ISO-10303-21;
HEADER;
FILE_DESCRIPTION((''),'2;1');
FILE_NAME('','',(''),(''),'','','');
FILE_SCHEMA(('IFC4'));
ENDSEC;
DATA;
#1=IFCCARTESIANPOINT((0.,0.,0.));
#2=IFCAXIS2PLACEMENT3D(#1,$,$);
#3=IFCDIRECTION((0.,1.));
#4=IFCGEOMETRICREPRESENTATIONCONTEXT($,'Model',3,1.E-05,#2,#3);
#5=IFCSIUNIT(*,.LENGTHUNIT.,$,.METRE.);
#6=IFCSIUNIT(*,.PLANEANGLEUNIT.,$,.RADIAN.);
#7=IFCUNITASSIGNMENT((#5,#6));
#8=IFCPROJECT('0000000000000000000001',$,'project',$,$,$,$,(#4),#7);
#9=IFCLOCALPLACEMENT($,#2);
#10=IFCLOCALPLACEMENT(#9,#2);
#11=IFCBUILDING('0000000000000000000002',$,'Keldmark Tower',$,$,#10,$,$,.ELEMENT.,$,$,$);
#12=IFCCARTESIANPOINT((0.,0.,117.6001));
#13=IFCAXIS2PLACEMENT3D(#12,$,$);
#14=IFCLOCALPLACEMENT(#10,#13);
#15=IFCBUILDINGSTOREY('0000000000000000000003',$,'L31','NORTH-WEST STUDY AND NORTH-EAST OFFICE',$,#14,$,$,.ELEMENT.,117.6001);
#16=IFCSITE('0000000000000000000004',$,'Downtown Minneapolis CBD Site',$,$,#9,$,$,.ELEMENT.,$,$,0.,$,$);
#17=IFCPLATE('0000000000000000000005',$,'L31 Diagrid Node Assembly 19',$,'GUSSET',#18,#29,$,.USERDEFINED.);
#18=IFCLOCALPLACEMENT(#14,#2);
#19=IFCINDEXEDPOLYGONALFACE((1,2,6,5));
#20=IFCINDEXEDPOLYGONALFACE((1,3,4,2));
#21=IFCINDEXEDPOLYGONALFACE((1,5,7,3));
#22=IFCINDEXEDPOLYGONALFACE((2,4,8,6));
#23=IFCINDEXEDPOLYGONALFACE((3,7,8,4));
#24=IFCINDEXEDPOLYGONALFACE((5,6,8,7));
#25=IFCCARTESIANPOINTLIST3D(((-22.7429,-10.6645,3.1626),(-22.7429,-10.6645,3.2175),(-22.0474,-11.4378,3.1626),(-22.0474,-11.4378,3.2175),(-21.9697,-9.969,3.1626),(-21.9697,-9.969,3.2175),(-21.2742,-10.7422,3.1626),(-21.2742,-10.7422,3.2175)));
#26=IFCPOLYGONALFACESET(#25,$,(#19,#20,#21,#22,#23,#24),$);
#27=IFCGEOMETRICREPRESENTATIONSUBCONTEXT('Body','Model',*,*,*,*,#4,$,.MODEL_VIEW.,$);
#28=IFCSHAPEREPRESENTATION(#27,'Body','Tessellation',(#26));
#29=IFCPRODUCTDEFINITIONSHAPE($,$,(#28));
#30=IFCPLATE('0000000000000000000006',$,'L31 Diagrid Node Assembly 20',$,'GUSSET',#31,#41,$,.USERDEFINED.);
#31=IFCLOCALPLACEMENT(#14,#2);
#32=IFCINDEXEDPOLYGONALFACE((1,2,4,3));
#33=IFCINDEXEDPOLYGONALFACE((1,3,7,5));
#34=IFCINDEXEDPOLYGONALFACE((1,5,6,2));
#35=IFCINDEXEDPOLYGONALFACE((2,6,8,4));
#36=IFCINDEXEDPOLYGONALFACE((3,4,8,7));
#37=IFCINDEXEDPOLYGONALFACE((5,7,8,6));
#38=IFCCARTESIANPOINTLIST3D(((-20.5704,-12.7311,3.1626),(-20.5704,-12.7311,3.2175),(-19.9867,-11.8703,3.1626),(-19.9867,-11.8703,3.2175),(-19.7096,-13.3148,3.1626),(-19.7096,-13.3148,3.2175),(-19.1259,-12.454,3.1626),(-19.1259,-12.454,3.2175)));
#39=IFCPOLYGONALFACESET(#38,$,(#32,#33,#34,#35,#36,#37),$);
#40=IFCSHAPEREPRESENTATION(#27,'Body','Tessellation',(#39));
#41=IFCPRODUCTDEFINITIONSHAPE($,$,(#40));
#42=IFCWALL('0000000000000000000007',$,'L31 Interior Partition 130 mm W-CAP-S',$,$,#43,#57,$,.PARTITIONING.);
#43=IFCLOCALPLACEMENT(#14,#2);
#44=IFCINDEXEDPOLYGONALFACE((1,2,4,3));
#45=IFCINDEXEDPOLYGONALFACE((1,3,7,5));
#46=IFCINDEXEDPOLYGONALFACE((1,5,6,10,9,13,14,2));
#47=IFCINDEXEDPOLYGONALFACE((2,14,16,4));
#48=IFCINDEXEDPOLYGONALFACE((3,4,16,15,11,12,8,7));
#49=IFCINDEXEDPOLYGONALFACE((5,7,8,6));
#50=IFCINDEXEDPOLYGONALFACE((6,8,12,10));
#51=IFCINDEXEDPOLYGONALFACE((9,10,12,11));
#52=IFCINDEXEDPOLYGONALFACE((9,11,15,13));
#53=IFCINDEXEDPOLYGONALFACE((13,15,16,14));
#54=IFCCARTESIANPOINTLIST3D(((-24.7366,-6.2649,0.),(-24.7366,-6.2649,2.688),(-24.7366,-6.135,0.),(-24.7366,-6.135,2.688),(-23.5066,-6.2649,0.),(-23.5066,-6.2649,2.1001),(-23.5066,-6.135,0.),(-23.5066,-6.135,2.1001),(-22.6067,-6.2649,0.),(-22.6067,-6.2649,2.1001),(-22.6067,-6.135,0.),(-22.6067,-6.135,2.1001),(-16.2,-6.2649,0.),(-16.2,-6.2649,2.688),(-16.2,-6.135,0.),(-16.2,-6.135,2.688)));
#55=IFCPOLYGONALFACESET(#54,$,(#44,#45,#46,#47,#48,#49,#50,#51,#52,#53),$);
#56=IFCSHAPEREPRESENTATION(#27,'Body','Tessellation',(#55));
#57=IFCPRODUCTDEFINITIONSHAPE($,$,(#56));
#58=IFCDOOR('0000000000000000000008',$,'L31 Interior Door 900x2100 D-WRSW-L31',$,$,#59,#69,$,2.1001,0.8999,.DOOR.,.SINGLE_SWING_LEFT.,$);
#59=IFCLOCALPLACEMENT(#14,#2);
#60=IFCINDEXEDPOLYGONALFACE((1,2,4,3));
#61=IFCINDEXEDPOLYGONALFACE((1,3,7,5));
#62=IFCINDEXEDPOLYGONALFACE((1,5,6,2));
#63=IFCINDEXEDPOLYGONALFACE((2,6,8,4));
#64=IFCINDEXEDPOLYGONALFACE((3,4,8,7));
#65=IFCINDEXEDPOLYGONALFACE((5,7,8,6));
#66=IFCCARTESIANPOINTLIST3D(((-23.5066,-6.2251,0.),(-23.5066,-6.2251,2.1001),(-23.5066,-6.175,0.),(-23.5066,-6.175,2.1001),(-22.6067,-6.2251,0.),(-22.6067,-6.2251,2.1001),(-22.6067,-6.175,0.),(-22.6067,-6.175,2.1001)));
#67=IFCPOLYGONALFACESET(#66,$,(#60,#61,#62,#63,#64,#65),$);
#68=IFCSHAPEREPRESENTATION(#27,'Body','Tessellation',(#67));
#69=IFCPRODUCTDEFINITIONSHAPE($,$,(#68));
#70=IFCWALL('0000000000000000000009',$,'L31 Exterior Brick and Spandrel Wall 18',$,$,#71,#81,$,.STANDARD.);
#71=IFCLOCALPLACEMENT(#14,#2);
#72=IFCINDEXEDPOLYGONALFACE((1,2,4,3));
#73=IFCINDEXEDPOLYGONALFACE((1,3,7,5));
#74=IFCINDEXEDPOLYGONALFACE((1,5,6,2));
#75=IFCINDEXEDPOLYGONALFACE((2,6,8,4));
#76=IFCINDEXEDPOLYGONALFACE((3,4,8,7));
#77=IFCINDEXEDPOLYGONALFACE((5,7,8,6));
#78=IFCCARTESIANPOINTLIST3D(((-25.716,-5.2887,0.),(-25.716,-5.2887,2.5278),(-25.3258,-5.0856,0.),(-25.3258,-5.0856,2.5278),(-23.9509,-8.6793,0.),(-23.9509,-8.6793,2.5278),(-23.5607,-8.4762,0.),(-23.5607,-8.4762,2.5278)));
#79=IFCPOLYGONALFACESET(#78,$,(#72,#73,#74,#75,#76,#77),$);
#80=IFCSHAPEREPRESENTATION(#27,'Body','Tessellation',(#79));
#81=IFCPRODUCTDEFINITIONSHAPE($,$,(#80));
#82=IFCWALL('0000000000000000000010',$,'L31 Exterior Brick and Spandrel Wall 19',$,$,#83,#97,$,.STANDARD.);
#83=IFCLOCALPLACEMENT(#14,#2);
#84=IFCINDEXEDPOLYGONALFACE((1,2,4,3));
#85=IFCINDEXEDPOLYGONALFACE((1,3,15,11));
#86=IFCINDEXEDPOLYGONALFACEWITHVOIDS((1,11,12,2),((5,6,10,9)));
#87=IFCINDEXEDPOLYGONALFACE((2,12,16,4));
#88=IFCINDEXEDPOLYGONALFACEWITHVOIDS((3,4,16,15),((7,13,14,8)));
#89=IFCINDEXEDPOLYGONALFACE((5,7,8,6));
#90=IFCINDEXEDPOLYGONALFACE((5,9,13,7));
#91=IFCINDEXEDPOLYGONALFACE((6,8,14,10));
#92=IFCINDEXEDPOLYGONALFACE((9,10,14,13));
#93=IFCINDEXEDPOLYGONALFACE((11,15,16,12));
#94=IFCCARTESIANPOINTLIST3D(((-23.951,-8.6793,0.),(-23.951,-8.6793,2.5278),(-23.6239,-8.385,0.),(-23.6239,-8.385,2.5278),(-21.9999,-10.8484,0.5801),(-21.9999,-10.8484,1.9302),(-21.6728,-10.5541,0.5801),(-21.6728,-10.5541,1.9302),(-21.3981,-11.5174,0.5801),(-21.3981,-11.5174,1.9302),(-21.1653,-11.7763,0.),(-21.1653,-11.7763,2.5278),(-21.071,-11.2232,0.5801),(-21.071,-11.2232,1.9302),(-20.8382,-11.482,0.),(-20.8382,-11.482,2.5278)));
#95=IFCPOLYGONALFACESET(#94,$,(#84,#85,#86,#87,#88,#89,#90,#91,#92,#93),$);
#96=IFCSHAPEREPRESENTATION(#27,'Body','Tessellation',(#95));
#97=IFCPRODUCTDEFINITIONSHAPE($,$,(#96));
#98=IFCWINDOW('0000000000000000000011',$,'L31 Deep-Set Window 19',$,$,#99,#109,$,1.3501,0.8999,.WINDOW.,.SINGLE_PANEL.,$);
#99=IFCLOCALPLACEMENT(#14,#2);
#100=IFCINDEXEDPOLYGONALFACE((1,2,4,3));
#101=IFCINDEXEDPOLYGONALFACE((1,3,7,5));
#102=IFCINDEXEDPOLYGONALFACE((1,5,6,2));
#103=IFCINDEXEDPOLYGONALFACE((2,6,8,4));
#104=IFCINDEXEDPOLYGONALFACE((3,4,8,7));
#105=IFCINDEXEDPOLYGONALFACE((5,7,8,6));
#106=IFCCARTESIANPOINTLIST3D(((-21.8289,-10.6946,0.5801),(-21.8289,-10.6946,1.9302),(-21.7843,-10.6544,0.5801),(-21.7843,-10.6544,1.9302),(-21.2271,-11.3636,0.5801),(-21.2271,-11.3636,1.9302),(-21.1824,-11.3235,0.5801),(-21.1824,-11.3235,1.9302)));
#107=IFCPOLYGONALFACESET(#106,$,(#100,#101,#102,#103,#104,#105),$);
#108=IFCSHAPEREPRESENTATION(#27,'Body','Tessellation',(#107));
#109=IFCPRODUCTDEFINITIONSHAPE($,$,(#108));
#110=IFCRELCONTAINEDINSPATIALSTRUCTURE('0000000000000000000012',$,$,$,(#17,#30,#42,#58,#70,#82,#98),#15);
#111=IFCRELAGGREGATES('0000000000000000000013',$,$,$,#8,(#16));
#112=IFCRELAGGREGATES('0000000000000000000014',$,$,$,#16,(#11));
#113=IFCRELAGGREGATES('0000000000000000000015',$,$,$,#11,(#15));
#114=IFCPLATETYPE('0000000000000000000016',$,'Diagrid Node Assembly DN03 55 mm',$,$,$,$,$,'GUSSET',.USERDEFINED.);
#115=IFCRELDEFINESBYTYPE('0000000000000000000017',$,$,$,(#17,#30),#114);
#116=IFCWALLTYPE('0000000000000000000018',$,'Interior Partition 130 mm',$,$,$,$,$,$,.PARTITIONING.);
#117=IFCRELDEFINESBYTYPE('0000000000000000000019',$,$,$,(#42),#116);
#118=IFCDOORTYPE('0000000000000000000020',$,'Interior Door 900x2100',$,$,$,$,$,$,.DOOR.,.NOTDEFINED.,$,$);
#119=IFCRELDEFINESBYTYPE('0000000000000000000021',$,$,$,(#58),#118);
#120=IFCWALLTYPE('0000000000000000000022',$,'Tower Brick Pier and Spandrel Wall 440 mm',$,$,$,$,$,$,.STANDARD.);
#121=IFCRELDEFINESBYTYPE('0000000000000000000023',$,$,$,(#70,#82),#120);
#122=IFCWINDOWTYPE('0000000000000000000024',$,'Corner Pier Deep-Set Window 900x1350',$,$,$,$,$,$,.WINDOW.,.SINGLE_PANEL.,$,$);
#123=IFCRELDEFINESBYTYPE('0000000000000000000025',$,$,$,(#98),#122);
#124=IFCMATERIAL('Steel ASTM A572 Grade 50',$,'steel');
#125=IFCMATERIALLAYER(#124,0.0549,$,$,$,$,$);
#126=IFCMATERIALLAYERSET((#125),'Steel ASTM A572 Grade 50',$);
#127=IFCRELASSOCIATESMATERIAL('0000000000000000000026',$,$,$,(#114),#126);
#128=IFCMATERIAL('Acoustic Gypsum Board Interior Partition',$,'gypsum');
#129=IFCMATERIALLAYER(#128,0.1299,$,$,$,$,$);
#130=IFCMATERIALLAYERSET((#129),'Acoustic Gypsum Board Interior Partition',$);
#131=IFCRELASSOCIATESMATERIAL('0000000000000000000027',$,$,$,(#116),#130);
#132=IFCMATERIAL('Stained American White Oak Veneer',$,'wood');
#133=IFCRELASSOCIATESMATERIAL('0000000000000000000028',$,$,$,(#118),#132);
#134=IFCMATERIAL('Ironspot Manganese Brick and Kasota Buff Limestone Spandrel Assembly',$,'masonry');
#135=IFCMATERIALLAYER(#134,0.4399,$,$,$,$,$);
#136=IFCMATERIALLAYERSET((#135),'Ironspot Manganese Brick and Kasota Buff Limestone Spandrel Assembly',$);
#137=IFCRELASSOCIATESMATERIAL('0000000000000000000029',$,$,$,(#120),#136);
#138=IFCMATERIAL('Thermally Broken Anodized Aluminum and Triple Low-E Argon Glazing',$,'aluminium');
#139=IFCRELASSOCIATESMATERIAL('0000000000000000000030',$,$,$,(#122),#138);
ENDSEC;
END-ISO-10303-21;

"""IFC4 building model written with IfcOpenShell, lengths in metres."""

from ifc_helpers import new_model, si_unit, direction, frame, frame_2d, origin, origin_2d, place, context, subcontext, project, spatial, rectangle, extrude, material, layer, layer_set, type_object, element, fill, save


model = new_model("IFC4")

# Units and contexts
model_context = context("Model", 3, precision=1e-05, world=origin(), true_north=direction((0.0, 1.0)))
body_context = subcontext(model_context, "Body", "Model", "MODEL_VIEW")
ifc_project = project(units=[si_unit("LENGTHUNIT", "METRE"), si_unit("PLANEANGLEUNIT", "RADIAN")], contexts=[model_context])

# Site, building, storey
site_placement = place(None, origin())
site = spatial("IfcSite", under=ifc_project, at=site_placement, Name="Downtown Minneapolis CBD Site", CompositionType="ELEMENT", RefElevation=0.0)
building_placement = place(site_placement, origin())
building = spatial("IfcBuilding", under=site, at=building_placement, Name="Keldmark Tower", CompositionType="ELEMENT")
storey_placement = place(building_placement, frame((0.0, 0.0, 117.6001)))
storey = spatial("IfcBuildingStorey", under=building, at=storey_placement, Name="L31", Description="NORTH-WEST STUDY AND NORTH-EAST OFFICE", CompositionType="ELEMENT", Elevation=117.6001)

# Plates
ifc_material_1 = material(Name="Steel ASTM A572 Grade 50", Category="steel")
ifc_layer_1 = layer(ifc_material_1, 0.0549)
ifc_layer_set_1 = layer_set([ifc_layer_1], Name="Steel ASTM A572 Grade 50")
plate_type = type_object("IfcPlateType", Name="Diagrid Node Assembly DN03 55 mm", ElementType="GUSSET", PredefinedType="USERDEFINED", material=ifc_layer_set_1)
for number, where, z_axis, x_axis, name in (
    (1, (-22.0085, -10.7034, 3.1626), (0.0, 0.0, 1.0), (0.668741, -0.743495, 0.0), "L31 Diagrid Node Assembly 19"),
    (2, (-19.8481, -12.5925, 3.1626), (0.0, 0.0, 1.0), (0.827669, -0.561217, 0.0), "L31 Diagrid Node Assembly 20"),
):
    element("IfcPlate", number, at=place(storey_placement, frame(where, z_axis=z_axis, x_axis=x_axis)), inside=storey, type_object=plate_type, Name=name, ObjectType="GUSSET", PredefinedType="USERDEFINED", context=body_context, shape_type="SweptSolid", body=[
        extrude(rectangle(XDim=1.04, YDim=1.04, at=origin_2d()), origin(), (0.0, 0.0, 1.0), 0.0549),
    ])

# Wall, opening, door
ifc_material_2 = material(Name="Acoustic Gypsum Board Interior Partition", Category="gypsum")
ifc_layer_2 = layer(ifc_material_2, 0.1299)
ifc_layer_set_2 = layer_set([ifc_layer_2], Name="Acoustic Gypsum Board Interior Partition")
wall_type_1 = type_object("IfcWallType", Name="Interior Partition 130 mm", PredefinedType="PARTITIONING", material=ifc_layer_set_2)
wall_1_placement = place(storey_placement, frame((-24.7366, -6.2, 0.0), z_axis=(0.0, 0.0, 1.0), x_axis=(1.0, 0.0, 0.0)))
wall_1 = element("IfcWall", 3, at=wall_1_placement, inside=storey, type_object=wall_type_1, Name="L31 Interior Partition 130 mm W-CAP-S", PredefinedType="PARTITIONING", context=body_context, shape_type="SweptSolid", body=[
    extrude(rectangle(XDim=8.5366, YDim=0.1299, at=frame_2d((4.2683, 0.0))), origin(), (0.0, 0.0, 1.0), 2.688),
])
opening_1_placement = place(wall_1_placement, frame((1.23, 0.0, 0.0)))
opening_1 = element("IfcOpeningElement", 4, at=opening_1_placement, cuts=wall_1, PredefinedType="OPENING", context=body_context, shape_type="SweptSolid", body=[
    extrude(rectangle(XDim=0.8999, YDim=2.1001, at=frame_2d((0.45, 1.05))), frame((0.0, 0.075, 0.0), z_axis=(0.0, -1.0, 0.0), x_axis=(1.0, 0.0, 0.0)), (0.0, 0.0, 1.0), 0.1499),
])
ifc_material_3 = material(Name="Stained American White Oak Veneer", Category="wood")
door_type = type_object("IfcDoorType", Name="Interior Door 900x2100", OperationType="NOTDEFINED", PredefinedType="DOOR", material=ifc_material_3)
door_placement = place(opening_1_placement, origin())
door = element("IfcDoor", 5, at=door_placement, inside=storey, type_object=door_type, Name="L31 Interior Door 900x2100 D-WRSW-L31", OperationType="SINGLE_SWING_LEFT", OverallHeight=2.1001, OverallWidth=0.8999, PredefinedType="DOOR", context=body_context, shape_type="SweptSolid", body=[
    extrude(rectangle(XDim=0.8999, YDim=2.1001, at=frame_2d((0.45, 1.05))), frame((0.0, 0.0249, 0.0), z_axis=(0.0, -1.0, 0.0), x_axis=(1.0, 0.0, 0.0)), (0.0, 0.0, 1.0), 0.05),
])
fill(opening_1, door)

# Wall
ifc_material_4 = material(Name="Ironspot Manganese Brick and Kasota Buff Limestone Spandrel Assembly", Category="masonry")
ifc_layer_3 = layer(ifc_material_4, 0.4399)
ifc_layer_set_3 = layer_set([ifc_layer_3], Name="Ironspot Manganese Brick and Kasota Buff Limestone Spandrel Assembly")
wall_type_2 = type_object("IfcWallType", Name="Tower Brick Pier and Spandrel Wall 440 mm", PredefinedType="STANDARD", material=ifc_layer_set_3)
wall_2_placement = place(storey_placement, frame((-23.7559, -8.5776, 0.0), z_axis=(0.0, 0.0, 1.0), x_axis=(-0.461767, 0.887001, 0.0)))
element("IfcWall", 6, at=wall_2_placement, inside=storey, type_object=wall_type_2, Name="L31 Exterior Brick and Spandrel Wall 18", PredefinedType="STANDARD", context=body_context, shape_type="SweptSolid", body=[
    extrude(rectangle(XDim=3.8225, YDim=0.4399, at=frame_2d((1.9111, 0.0))), origin(), (0.0, 0.0, 1.0), 2.5278),
])

# Wall, opening, window
wall_3_placement = place(storey_placement, frame((-21.0017, -11.6292, 0.0), z_axis=(0.0, 0.0, 1.0), x_axis=(-0.668754, 0.743484, 0.0)))
wall_3 = element("IfcWall", 7, at=wall_3_placement, inside=storey, type_object=wall_type_2, Name="L31 Exterior Brick and Spandrel Wall 19", PredefinedType="STANDARD", context=body_context, shape_type="SweptSolid", body=[
    extrude(rectangle(XDim=4.1655, YDim=0.4399, at=frame_2d((2.0828, 0.0))), origin(), (0.0, 0.0, 1.0), 2.5278),
])
opening_2_placement = place(wall_3_placement, frame((0.3481, 0.0, 0.5801)))
opening_2 = element("IfcOpeningElement", 8, at=opening_2_placement, cuts=wall_3, PredefinedType="OPENING", context=body_context, shape_type="SweptSolid", body=[
    extrude(rectangle(XDim=0.8999, YDim=1.3501, at=frame_2d((0.45, 0.675))), frame((0.0, 0.23, 0.0), z_axis=(0.0, -1.0, 0.0), x_axis=(1.0, 0.0, 0.0)), (0.0, 0.0, 1.0), 0.46),
])
ifc_material_5 = material(Name="Thermally Broken Anodized Aluminum and Triple Low-E Argon Glazing", Category="aluminium")
window_type = type_object("IfcWindowType", Name="Corner Pier Deep-Set Window 900x1350", PartitioningType="SINGLE_PANEL", PredefinedType="WINDOW", material=ifc_material_5)
window_placement = place(opening_2_placement, origin())
window = element("IfcWindow", 9, at=window_placement, inside=storey, type_object=window_type, Name="L31 Deep-Set Window 19", OverallHeight=1.3501, OverallWidth=0.8999, PartitioningType="SINGLE_PANEL", PredefinedType="WINDOW", context=body_context, shape_type="SweptSolid", body=[
    extrude(rectangle(XDim=0.8999, YDim=1.3501, at=frame_2d((0.45, 0.675))), frame((0.0, -0.01, 0.0), z_axis=(0.0, -1.0, 0.0), x_axis=(1.0, 0.0, 0.0)), (0.0, 0.0, 1.0), 0.0601),
])
fill(opening_2, window)

save(model, "model.ifc")
